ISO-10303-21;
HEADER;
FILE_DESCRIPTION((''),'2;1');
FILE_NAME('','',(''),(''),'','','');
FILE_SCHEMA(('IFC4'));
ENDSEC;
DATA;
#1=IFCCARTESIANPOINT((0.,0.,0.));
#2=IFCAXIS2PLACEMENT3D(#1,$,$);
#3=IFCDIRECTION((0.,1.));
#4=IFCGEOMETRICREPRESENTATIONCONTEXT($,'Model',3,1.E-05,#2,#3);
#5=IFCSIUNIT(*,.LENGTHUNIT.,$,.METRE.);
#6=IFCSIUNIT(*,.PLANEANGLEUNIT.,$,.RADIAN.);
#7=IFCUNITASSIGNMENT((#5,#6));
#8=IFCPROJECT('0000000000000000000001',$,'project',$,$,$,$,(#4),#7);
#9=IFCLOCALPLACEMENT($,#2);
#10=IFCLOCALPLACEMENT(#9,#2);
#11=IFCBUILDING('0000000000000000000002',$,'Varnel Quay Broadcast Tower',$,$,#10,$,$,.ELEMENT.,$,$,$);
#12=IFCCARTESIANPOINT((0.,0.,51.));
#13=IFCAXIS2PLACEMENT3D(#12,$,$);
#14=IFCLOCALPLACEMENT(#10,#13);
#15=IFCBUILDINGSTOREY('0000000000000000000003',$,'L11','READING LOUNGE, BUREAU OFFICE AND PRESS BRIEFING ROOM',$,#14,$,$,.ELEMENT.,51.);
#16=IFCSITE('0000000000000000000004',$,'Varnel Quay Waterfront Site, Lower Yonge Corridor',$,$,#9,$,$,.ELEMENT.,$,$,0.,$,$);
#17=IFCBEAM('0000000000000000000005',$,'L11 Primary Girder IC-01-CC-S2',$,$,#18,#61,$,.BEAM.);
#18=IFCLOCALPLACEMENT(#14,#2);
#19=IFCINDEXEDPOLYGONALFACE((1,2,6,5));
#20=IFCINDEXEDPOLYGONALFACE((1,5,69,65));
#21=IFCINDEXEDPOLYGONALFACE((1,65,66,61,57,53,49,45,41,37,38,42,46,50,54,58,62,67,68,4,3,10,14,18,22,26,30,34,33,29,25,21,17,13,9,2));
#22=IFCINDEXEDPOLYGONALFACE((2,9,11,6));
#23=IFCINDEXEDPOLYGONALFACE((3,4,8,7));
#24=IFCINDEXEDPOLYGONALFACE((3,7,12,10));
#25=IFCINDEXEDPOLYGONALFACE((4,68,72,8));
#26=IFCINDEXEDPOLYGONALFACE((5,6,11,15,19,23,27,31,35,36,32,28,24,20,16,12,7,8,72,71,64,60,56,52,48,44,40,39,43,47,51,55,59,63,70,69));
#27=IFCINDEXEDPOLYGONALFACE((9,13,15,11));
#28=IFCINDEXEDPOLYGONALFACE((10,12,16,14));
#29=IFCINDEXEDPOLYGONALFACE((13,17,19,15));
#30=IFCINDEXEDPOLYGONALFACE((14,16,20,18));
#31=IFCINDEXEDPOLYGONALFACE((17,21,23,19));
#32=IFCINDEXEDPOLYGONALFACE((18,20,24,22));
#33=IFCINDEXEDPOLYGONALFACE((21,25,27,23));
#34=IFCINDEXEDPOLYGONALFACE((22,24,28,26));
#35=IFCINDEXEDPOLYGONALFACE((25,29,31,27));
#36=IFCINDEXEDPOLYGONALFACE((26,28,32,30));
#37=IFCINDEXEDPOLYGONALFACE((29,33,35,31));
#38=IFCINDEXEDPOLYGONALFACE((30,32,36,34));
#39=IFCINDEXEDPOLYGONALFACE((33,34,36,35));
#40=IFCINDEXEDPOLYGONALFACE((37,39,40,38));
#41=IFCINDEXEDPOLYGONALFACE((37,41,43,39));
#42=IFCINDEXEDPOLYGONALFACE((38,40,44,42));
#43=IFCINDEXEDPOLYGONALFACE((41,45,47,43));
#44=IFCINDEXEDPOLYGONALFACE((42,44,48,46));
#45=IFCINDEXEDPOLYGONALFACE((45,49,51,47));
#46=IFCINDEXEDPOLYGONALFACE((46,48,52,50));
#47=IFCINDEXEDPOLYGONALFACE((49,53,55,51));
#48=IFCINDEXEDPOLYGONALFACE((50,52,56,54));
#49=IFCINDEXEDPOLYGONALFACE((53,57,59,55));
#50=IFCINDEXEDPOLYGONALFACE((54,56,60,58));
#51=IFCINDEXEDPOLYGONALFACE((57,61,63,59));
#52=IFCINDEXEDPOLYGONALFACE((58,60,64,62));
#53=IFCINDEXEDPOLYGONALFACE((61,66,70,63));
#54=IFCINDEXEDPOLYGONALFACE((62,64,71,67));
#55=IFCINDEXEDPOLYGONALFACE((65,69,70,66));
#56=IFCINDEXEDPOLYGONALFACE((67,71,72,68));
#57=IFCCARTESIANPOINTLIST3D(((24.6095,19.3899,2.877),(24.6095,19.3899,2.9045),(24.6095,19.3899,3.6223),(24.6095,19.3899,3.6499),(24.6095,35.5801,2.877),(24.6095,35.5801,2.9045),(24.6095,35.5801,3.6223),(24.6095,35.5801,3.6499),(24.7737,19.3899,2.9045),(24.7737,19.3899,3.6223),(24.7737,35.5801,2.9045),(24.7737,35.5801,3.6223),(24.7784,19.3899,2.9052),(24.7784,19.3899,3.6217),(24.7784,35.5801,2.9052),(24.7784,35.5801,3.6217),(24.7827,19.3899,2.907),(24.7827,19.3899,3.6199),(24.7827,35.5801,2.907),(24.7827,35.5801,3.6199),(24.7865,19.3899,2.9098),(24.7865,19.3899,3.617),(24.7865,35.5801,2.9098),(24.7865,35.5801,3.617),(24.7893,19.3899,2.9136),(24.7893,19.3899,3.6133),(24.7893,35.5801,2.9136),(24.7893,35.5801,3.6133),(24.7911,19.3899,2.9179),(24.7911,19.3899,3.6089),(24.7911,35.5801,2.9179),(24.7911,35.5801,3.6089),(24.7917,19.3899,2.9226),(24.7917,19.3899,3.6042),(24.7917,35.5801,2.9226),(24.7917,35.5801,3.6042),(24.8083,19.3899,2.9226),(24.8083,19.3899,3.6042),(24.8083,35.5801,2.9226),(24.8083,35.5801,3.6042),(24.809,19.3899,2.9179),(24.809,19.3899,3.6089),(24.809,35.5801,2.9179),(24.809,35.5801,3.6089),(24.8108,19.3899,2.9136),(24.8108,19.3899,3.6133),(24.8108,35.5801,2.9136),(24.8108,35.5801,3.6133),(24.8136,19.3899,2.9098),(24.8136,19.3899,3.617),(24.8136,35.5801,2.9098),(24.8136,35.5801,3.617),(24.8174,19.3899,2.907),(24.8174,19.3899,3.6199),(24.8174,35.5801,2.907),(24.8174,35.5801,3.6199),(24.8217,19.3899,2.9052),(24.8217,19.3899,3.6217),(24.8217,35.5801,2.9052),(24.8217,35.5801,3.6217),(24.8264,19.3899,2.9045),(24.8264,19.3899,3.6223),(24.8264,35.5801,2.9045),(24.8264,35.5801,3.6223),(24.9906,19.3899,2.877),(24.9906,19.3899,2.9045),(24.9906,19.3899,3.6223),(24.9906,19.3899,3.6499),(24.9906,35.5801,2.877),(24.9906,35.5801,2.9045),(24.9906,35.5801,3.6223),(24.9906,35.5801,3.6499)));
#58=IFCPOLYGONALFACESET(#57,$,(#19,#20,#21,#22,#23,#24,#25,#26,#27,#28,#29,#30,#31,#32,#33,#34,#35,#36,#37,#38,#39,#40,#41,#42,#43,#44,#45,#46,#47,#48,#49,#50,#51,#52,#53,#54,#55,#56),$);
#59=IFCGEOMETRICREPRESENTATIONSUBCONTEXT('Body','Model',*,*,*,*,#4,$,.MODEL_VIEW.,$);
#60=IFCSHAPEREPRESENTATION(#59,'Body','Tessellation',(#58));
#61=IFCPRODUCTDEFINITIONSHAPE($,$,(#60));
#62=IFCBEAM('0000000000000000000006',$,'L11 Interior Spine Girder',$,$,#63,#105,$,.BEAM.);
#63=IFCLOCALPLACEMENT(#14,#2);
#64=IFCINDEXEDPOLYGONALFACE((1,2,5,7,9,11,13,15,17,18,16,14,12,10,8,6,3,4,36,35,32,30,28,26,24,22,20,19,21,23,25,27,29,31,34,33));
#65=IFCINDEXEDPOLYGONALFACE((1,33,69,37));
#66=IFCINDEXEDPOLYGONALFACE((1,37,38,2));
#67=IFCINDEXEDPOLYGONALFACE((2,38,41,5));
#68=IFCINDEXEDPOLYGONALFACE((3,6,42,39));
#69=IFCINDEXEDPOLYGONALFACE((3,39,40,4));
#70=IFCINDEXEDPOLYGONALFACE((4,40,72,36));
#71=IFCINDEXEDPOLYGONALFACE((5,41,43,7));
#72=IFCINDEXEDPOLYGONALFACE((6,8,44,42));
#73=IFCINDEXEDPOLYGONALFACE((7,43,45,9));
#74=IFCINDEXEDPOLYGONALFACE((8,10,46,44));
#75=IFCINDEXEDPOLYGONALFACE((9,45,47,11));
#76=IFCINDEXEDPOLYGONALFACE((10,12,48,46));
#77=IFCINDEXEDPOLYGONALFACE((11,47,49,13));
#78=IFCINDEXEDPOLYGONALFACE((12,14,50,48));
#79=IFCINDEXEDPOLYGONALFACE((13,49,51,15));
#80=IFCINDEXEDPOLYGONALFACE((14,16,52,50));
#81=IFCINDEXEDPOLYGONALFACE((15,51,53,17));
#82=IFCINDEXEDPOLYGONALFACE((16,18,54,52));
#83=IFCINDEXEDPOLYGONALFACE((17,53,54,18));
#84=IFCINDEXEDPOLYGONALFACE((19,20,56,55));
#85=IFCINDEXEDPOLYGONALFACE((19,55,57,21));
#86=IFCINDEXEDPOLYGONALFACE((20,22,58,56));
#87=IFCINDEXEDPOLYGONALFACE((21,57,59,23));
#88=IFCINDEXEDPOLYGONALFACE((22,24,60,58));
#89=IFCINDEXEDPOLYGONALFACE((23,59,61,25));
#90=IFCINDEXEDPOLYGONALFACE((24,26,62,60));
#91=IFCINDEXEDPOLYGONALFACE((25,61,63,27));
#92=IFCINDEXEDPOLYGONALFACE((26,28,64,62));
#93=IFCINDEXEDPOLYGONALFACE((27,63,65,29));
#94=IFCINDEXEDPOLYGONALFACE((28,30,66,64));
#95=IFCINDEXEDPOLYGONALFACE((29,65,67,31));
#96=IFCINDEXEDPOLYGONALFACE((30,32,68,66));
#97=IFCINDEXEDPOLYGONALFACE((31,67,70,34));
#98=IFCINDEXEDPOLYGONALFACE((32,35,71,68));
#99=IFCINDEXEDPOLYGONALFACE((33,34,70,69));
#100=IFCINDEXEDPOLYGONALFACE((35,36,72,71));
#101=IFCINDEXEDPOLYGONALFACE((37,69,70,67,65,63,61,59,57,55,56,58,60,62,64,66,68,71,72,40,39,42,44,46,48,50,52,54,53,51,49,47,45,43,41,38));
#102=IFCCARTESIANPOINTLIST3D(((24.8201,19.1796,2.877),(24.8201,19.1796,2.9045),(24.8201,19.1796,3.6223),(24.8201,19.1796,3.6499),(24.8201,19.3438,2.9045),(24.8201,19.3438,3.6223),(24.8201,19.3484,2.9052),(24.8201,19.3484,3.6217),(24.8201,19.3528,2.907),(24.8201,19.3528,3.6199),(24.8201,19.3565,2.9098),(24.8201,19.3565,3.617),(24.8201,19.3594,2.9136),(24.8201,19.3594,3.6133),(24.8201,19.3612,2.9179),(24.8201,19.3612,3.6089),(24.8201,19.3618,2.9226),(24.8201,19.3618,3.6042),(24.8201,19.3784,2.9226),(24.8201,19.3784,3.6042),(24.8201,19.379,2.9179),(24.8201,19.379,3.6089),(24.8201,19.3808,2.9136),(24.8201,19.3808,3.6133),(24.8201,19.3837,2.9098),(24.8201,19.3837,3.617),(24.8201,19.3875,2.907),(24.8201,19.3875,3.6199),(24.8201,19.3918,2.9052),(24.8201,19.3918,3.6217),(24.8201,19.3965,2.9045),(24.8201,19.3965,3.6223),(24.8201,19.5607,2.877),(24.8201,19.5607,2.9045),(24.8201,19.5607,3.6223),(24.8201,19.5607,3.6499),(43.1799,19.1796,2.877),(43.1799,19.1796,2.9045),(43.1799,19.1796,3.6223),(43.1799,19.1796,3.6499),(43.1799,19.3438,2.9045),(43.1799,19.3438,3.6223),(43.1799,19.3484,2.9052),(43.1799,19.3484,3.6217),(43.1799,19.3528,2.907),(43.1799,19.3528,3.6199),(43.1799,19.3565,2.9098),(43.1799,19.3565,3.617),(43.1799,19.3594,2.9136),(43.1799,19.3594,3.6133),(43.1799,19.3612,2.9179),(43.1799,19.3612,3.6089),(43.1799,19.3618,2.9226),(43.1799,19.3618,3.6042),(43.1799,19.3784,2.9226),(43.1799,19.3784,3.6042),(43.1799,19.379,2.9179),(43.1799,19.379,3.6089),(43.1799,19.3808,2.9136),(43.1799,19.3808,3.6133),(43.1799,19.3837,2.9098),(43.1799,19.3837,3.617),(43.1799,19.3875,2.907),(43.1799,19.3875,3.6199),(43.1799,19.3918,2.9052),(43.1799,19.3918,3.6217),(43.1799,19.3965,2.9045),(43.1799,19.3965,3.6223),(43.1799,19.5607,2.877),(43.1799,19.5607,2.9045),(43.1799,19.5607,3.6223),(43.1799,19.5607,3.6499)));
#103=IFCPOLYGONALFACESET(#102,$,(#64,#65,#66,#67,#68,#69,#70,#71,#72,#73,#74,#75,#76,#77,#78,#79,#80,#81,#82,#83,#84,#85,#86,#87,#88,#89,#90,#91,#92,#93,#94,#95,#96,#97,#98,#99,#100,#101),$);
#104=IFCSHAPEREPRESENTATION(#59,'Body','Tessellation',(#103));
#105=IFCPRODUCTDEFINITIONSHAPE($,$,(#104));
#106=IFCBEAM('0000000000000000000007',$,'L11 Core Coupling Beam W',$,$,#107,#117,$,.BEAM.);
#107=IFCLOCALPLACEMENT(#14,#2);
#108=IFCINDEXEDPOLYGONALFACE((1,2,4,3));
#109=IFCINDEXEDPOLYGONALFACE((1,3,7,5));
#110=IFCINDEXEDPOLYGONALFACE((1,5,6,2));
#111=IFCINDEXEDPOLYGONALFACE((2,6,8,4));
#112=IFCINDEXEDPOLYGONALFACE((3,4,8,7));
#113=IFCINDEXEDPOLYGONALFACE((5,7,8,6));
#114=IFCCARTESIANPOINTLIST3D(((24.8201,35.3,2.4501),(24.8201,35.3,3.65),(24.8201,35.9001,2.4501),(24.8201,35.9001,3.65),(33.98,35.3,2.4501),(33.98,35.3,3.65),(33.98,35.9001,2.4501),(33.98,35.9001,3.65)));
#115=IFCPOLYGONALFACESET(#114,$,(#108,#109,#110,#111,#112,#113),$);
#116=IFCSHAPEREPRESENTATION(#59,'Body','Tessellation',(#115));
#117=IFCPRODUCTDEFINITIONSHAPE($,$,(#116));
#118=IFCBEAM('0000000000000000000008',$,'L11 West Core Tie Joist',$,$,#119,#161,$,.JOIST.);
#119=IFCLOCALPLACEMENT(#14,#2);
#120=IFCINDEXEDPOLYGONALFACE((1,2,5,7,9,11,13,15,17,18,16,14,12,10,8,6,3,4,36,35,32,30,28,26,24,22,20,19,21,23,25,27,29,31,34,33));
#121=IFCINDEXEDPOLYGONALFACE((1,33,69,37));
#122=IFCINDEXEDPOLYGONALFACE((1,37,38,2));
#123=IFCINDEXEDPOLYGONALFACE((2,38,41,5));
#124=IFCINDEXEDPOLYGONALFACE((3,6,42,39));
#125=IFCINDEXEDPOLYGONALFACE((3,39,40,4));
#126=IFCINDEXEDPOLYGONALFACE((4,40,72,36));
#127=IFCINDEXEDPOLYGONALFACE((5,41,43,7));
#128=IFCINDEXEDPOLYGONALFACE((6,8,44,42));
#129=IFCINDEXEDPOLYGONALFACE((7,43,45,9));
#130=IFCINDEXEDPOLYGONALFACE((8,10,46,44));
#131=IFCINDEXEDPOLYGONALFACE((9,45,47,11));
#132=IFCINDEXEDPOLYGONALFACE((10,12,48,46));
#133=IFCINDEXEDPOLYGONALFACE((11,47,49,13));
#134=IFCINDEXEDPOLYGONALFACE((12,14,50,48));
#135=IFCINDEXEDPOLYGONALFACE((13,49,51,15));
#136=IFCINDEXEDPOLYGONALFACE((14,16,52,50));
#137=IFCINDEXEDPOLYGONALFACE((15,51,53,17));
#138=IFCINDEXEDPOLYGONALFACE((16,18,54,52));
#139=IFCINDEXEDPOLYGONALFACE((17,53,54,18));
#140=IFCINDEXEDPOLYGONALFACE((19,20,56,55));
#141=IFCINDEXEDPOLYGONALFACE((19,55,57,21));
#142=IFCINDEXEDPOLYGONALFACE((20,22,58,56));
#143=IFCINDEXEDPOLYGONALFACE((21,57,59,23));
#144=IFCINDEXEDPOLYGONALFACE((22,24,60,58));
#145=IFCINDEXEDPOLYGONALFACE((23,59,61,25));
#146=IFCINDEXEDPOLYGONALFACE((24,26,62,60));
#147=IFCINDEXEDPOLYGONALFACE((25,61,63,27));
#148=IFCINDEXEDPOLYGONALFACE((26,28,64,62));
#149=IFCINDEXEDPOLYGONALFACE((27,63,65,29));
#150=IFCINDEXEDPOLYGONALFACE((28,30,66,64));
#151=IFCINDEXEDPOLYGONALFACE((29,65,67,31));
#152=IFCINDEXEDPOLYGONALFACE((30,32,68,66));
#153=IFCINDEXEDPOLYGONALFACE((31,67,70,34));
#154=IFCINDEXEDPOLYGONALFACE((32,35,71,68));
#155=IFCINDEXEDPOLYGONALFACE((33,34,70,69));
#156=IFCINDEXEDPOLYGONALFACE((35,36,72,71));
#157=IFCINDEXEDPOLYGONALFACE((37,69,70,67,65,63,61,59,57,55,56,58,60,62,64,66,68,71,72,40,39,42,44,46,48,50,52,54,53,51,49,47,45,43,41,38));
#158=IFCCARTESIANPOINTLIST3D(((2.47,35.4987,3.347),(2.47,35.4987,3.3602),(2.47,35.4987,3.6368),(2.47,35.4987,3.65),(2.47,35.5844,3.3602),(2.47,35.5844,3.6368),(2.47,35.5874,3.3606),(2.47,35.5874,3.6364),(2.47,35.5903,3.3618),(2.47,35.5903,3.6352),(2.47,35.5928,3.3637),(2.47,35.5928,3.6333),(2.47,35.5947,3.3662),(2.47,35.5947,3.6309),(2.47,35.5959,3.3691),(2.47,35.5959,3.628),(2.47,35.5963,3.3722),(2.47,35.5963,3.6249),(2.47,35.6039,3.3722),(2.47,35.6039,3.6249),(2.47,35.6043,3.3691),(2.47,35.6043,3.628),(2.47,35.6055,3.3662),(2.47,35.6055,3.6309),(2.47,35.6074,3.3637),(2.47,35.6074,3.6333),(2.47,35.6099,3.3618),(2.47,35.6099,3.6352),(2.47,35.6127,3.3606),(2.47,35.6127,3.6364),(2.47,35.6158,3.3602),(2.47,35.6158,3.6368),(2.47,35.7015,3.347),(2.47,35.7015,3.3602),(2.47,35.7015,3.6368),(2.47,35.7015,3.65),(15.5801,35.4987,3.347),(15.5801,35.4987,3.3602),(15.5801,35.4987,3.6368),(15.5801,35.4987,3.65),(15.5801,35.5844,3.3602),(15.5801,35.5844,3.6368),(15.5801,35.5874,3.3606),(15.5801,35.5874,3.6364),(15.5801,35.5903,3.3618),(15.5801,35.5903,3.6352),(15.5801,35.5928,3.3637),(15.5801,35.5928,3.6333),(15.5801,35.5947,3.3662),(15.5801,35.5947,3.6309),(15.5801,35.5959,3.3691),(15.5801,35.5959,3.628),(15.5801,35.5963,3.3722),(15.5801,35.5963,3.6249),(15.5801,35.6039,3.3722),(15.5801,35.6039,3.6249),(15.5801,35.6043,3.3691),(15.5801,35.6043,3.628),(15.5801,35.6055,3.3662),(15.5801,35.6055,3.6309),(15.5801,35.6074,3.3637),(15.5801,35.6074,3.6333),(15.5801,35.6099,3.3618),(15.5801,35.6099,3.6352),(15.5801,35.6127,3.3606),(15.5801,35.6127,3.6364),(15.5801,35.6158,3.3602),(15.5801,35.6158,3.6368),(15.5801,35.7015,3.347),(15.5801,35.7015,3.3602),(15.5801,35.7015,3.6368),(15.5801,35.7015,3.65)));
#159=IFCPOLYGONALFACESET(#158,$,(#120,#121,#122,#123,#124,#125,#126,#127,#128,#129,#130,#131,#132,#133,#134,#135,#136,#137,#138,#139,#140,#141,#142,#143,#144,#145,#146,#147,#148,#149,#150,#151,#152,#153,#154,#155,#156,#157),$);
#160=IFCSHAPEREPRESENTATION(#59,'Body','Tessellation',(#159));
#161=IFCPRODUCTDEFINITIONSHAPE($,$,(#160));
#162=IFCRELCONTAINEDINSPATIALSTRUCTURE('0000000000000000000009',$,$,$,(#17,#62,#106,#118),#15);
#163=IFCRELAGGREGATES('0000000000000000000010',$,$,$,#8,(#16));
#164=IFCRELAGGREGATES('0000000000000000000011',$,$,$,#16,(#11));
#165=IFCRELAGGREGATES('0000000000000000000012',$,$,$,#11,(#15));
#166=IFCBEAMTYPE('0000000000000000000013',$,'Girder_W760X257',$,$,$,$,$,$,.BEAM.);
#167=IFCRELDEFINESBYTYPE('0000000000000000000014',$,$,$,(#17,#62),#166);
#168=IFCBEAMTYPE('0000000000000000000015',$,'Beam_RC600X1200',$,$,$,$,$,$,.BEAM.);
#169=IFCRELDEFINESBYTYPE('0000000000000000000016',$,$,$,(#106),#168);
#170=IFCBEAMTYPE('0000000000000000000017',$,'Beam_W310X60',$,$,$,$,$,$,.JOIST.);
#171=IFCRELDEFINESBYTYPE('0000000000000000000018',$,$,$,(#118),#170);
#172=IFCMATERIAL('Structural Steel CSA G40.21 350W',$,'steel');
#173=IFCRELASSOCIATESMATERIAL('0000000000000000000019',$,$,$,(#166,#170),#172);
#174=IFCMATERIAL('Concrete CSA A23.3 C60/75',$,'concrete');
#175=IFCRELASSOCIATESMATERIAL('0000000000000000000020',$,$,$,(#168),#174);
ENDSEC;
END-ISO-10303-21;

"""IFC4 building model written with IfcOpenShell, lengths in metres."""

from ifc_helpers import new_model, si_unit, direction, frame, origin, origin_2d, place, context, subcontext, project, spatial, rectangle, i_section, extrude, source, transform, mapped, material, material_profile, profile_set, type_object, type_shapes, element, save


model = new_model("IFC4")

# Units and contexts
model_context = context("Model", 3, precision=1e-05, world=origin(), true_north=direction((0.0, 1.0)))
body_context = subcontext(model_context, "Body", "Model", "MODEL_VIEW")
ifc_project = project(units=[si_unit("LENGTHUNIT", "METRE"), si_unit("PLANEANGLEUNIT", "RADIAN")], contexts=[model_context])

# Site, building, storey
site_placement = place(None, origin())
site = spatial("IfcSite", under=ifc_project, at=site_placement, Name="Varnel Quay Waterfront Site, Lower Yonge Corridor", CompositionType="ELEMENT", RefElevation=0.0)
building_placement = place(site_placement, origin())
building = spatial("IfcBuilding", under=site, at=building_placement, Name="Varnel Quay Broadcast Tower", CompositionType="ELEMENT")
storey_placement = place(building_placement, frame((0.0, 0.0, 51.0)))
storey = spatial("IfcBuildingStorey", under=building, at=storey_placement, Name="L11", Description="READING LOUNGE, BUREAU OFFICE AND PRESS BRIEFING ROOM", CompositionType="ELEMENT", Elevation=51.0)

# Shared definitions
ifc_material_1 = material(Name="Concrete CSA A23.3 C60/75", Category="concrete")

# Beams
ifc_material_2 = material(Name="Structural Steel CSA G40.21 350W", Category="steel")
ifc_material_profile_1 = material_profile(ifc_material_2, i_section(OverallWidth=0.3811, OverallDepth=0.7729, WebThickness=0.0166, FlangeThickness=0.0276, FilletRadius=0.0181, at=origin_2d()), Name="W760X257")
ifc_profile_set_1 = profile_set([ifc_material_profile_1], Name="Structural Steel CSA G40.21 350W")
beam_type_1 = type_object("IfcBeamType", Name="Girder_W760X257", PredefinedType="BEAM", material=ifc_profile_set_1)
shared_shape_1 = source(origin(), body_context, "Body", "SweptSolid", [
    extrude(i_section(OverallWidth=0.3811, OverallDepth=0.7729, WebThickness=0.0166, FlangeThickness=0.0276, FilletRadius=0.0181, at=origin_2d()), origin(), (0.0, 0.0, 1.0), 16.1902),
])
beam_1_placement = place(storey_placement, frame((24.8, 19.3899, 3.2634), z_axis=(0.0, 1.0, 0.0), x_axis=(-1.0, 0.0, 0.0)))
element("IfcBeam", 1, at=beam_1_placement, inside=storey, type_object=beam_type_1, Name="L11 Primary Girder IC-01-CC-S2", PredefinedType="BEAM", context=body_context, shape_type="MappedRepresentation", body=[
    mapped(shared_shape_1, transform((0.0, 0.0, 0.0), x_axis=(1.0, 0.0, 0.0), y_axis=(0.0, 1.0, 0.0), z_axis=(0.0, 0.0, 1.0), scale=1.0)),
])
shared_shape_2 = source(origin(), body_context, "Body", "SweptSolid", [
    extrude(i_section(OverallWidth=0.3811, OverallDepth=0.7729, WebThickness=0.0166, FlangeThickness=0.0276, FilletRadius=0.0181, at=origin_2d()), origin(), (0.0, 0.0, 1.0), 18.3599),
])
type_shapes(beam_type_1, [shared_shape_1, shared_shape_2])
beam_2_placement = place(storey_placement, frame((24.8201, 19.3701, 3.2634), z_axis=(1.0, 0.0, 0.0), x_axis=(0.0, 1.0, 0.0)))
element("IfcBeam", 2, at=beam_2_placement, inside=storey, type_object=beam_type_1, Name="L11 Interior Spine Girder", PredefinedType="BEAM", context=body_context, shape_type="MappedRepresentation", body=[
    mapped(shared_shape_2, transform((0.0, 0.0, 0.0), x_axis=(1.0, 0.0, 0.0), y_axis=(0.0, 1.0, 0.0), z_axis=(0.0, 0.0, 1.0), scale=1.0)),
])
ifc_material_profile_2 = material_profile(ifc_material_1, rectangle(XDim=0.6001, YDim=1.2, at=origin_2d()), Name="RC600X1200")
ifc_profile_set_2 = profile_set([ifc_material_profile_2], Name="Concrete CSA A23.3 C60/75")
beam_type_2 = type_object("IfcBeamType", Name="Beam_RC600X1200", PredefinedType="BEAM", material=ifc_profile_set_2)
shared_shape_3 = source(origin(), body_context, "Body", "SweptSolid", [
    extrude(rectangle(XDim=0.6001, YDim=1.2, at=origin_2d()), origin(), (0.0, 0.0, 1.0), 9.1599),
])
type_shapes(beam_type_2, [shared_shape_3])
beam_3_placement = place(storey_placement, frame((24.8201, 35.6001, 3.05), z_axis=(1.0, 0.0, 0.0), x_axis=(0.0, 1.0, 0.0)))
element("IfcBeam", 3, at=beam_3_placement, inside=storey, type_object=beam_type_2, Name="L11 Core Coupling Beam W", PredefinedType="BEAM", context=body_context, shape_type="MappedRepresentation", body=[
    mapped(shared_shape_3, transform((0.0, 0.0, 0.0), x_axis=(1.0, 0.0, 0.0), y_axis=(0.0, 1.0, 0.0), z_axis=(0.0, 0.0, 1.0), scale=1.0)),
])
ifc_material_profile_3 = material_profile(ifc_material_2, i_section(OverallWidth=0.2029, OverallDepth=0.303, WebThickness=0.0076, FlangeThickness=0.0132, FilletRadius=0.012, at=origin_2d()), Name="W310X60")
ifc_profile_set_3 = profile_set([ifc_material_profile_3], Name="Structural Steel CSA G40.21 350W")
beam_type_3 = type_object("IfcBeamType", Name="Beam_W310X60", PredefinedType="JOIST", material=ifc_profile_set_3)
shared_shape_4 = source(origin(), body_context, "Body", "SweptSolid", [
    extrude(i_section(OverallWidth=0.2029, OverallDepth=0.303, WebThickness=0.0076, FlangeThickness=0.0132, FilletRadius=0.012, at=origin_2d()), origin(), (0.0, 0.0, 1.0), 13.1101),
])
beam_4_placement = place(storey_placement, frame((2.47, 35.6001, 3.4985), z_axis=(1.0, 0.0, 0.0), x_axis=(0.0, 1.0, 0.0)))
element("IfcBeam", 4, at=beam_4_placement, inside=storey, type_object=beam_type_3, Name="L11 West Core Tie Joist", PredefinedType="JOIST", context=body_context, shape_type="MappedRepresentation", body=[
    mapped(shared_shape_4, transform((0.0, 0.0, 0.0), x_axis=(1.0, 0.0, 0.0), y_axis=(0.0, 1.0, 0.0), z_axis=(0.0, 0.0, 1.0), scale=1.0)),
])

save(model, "model.ifc")
